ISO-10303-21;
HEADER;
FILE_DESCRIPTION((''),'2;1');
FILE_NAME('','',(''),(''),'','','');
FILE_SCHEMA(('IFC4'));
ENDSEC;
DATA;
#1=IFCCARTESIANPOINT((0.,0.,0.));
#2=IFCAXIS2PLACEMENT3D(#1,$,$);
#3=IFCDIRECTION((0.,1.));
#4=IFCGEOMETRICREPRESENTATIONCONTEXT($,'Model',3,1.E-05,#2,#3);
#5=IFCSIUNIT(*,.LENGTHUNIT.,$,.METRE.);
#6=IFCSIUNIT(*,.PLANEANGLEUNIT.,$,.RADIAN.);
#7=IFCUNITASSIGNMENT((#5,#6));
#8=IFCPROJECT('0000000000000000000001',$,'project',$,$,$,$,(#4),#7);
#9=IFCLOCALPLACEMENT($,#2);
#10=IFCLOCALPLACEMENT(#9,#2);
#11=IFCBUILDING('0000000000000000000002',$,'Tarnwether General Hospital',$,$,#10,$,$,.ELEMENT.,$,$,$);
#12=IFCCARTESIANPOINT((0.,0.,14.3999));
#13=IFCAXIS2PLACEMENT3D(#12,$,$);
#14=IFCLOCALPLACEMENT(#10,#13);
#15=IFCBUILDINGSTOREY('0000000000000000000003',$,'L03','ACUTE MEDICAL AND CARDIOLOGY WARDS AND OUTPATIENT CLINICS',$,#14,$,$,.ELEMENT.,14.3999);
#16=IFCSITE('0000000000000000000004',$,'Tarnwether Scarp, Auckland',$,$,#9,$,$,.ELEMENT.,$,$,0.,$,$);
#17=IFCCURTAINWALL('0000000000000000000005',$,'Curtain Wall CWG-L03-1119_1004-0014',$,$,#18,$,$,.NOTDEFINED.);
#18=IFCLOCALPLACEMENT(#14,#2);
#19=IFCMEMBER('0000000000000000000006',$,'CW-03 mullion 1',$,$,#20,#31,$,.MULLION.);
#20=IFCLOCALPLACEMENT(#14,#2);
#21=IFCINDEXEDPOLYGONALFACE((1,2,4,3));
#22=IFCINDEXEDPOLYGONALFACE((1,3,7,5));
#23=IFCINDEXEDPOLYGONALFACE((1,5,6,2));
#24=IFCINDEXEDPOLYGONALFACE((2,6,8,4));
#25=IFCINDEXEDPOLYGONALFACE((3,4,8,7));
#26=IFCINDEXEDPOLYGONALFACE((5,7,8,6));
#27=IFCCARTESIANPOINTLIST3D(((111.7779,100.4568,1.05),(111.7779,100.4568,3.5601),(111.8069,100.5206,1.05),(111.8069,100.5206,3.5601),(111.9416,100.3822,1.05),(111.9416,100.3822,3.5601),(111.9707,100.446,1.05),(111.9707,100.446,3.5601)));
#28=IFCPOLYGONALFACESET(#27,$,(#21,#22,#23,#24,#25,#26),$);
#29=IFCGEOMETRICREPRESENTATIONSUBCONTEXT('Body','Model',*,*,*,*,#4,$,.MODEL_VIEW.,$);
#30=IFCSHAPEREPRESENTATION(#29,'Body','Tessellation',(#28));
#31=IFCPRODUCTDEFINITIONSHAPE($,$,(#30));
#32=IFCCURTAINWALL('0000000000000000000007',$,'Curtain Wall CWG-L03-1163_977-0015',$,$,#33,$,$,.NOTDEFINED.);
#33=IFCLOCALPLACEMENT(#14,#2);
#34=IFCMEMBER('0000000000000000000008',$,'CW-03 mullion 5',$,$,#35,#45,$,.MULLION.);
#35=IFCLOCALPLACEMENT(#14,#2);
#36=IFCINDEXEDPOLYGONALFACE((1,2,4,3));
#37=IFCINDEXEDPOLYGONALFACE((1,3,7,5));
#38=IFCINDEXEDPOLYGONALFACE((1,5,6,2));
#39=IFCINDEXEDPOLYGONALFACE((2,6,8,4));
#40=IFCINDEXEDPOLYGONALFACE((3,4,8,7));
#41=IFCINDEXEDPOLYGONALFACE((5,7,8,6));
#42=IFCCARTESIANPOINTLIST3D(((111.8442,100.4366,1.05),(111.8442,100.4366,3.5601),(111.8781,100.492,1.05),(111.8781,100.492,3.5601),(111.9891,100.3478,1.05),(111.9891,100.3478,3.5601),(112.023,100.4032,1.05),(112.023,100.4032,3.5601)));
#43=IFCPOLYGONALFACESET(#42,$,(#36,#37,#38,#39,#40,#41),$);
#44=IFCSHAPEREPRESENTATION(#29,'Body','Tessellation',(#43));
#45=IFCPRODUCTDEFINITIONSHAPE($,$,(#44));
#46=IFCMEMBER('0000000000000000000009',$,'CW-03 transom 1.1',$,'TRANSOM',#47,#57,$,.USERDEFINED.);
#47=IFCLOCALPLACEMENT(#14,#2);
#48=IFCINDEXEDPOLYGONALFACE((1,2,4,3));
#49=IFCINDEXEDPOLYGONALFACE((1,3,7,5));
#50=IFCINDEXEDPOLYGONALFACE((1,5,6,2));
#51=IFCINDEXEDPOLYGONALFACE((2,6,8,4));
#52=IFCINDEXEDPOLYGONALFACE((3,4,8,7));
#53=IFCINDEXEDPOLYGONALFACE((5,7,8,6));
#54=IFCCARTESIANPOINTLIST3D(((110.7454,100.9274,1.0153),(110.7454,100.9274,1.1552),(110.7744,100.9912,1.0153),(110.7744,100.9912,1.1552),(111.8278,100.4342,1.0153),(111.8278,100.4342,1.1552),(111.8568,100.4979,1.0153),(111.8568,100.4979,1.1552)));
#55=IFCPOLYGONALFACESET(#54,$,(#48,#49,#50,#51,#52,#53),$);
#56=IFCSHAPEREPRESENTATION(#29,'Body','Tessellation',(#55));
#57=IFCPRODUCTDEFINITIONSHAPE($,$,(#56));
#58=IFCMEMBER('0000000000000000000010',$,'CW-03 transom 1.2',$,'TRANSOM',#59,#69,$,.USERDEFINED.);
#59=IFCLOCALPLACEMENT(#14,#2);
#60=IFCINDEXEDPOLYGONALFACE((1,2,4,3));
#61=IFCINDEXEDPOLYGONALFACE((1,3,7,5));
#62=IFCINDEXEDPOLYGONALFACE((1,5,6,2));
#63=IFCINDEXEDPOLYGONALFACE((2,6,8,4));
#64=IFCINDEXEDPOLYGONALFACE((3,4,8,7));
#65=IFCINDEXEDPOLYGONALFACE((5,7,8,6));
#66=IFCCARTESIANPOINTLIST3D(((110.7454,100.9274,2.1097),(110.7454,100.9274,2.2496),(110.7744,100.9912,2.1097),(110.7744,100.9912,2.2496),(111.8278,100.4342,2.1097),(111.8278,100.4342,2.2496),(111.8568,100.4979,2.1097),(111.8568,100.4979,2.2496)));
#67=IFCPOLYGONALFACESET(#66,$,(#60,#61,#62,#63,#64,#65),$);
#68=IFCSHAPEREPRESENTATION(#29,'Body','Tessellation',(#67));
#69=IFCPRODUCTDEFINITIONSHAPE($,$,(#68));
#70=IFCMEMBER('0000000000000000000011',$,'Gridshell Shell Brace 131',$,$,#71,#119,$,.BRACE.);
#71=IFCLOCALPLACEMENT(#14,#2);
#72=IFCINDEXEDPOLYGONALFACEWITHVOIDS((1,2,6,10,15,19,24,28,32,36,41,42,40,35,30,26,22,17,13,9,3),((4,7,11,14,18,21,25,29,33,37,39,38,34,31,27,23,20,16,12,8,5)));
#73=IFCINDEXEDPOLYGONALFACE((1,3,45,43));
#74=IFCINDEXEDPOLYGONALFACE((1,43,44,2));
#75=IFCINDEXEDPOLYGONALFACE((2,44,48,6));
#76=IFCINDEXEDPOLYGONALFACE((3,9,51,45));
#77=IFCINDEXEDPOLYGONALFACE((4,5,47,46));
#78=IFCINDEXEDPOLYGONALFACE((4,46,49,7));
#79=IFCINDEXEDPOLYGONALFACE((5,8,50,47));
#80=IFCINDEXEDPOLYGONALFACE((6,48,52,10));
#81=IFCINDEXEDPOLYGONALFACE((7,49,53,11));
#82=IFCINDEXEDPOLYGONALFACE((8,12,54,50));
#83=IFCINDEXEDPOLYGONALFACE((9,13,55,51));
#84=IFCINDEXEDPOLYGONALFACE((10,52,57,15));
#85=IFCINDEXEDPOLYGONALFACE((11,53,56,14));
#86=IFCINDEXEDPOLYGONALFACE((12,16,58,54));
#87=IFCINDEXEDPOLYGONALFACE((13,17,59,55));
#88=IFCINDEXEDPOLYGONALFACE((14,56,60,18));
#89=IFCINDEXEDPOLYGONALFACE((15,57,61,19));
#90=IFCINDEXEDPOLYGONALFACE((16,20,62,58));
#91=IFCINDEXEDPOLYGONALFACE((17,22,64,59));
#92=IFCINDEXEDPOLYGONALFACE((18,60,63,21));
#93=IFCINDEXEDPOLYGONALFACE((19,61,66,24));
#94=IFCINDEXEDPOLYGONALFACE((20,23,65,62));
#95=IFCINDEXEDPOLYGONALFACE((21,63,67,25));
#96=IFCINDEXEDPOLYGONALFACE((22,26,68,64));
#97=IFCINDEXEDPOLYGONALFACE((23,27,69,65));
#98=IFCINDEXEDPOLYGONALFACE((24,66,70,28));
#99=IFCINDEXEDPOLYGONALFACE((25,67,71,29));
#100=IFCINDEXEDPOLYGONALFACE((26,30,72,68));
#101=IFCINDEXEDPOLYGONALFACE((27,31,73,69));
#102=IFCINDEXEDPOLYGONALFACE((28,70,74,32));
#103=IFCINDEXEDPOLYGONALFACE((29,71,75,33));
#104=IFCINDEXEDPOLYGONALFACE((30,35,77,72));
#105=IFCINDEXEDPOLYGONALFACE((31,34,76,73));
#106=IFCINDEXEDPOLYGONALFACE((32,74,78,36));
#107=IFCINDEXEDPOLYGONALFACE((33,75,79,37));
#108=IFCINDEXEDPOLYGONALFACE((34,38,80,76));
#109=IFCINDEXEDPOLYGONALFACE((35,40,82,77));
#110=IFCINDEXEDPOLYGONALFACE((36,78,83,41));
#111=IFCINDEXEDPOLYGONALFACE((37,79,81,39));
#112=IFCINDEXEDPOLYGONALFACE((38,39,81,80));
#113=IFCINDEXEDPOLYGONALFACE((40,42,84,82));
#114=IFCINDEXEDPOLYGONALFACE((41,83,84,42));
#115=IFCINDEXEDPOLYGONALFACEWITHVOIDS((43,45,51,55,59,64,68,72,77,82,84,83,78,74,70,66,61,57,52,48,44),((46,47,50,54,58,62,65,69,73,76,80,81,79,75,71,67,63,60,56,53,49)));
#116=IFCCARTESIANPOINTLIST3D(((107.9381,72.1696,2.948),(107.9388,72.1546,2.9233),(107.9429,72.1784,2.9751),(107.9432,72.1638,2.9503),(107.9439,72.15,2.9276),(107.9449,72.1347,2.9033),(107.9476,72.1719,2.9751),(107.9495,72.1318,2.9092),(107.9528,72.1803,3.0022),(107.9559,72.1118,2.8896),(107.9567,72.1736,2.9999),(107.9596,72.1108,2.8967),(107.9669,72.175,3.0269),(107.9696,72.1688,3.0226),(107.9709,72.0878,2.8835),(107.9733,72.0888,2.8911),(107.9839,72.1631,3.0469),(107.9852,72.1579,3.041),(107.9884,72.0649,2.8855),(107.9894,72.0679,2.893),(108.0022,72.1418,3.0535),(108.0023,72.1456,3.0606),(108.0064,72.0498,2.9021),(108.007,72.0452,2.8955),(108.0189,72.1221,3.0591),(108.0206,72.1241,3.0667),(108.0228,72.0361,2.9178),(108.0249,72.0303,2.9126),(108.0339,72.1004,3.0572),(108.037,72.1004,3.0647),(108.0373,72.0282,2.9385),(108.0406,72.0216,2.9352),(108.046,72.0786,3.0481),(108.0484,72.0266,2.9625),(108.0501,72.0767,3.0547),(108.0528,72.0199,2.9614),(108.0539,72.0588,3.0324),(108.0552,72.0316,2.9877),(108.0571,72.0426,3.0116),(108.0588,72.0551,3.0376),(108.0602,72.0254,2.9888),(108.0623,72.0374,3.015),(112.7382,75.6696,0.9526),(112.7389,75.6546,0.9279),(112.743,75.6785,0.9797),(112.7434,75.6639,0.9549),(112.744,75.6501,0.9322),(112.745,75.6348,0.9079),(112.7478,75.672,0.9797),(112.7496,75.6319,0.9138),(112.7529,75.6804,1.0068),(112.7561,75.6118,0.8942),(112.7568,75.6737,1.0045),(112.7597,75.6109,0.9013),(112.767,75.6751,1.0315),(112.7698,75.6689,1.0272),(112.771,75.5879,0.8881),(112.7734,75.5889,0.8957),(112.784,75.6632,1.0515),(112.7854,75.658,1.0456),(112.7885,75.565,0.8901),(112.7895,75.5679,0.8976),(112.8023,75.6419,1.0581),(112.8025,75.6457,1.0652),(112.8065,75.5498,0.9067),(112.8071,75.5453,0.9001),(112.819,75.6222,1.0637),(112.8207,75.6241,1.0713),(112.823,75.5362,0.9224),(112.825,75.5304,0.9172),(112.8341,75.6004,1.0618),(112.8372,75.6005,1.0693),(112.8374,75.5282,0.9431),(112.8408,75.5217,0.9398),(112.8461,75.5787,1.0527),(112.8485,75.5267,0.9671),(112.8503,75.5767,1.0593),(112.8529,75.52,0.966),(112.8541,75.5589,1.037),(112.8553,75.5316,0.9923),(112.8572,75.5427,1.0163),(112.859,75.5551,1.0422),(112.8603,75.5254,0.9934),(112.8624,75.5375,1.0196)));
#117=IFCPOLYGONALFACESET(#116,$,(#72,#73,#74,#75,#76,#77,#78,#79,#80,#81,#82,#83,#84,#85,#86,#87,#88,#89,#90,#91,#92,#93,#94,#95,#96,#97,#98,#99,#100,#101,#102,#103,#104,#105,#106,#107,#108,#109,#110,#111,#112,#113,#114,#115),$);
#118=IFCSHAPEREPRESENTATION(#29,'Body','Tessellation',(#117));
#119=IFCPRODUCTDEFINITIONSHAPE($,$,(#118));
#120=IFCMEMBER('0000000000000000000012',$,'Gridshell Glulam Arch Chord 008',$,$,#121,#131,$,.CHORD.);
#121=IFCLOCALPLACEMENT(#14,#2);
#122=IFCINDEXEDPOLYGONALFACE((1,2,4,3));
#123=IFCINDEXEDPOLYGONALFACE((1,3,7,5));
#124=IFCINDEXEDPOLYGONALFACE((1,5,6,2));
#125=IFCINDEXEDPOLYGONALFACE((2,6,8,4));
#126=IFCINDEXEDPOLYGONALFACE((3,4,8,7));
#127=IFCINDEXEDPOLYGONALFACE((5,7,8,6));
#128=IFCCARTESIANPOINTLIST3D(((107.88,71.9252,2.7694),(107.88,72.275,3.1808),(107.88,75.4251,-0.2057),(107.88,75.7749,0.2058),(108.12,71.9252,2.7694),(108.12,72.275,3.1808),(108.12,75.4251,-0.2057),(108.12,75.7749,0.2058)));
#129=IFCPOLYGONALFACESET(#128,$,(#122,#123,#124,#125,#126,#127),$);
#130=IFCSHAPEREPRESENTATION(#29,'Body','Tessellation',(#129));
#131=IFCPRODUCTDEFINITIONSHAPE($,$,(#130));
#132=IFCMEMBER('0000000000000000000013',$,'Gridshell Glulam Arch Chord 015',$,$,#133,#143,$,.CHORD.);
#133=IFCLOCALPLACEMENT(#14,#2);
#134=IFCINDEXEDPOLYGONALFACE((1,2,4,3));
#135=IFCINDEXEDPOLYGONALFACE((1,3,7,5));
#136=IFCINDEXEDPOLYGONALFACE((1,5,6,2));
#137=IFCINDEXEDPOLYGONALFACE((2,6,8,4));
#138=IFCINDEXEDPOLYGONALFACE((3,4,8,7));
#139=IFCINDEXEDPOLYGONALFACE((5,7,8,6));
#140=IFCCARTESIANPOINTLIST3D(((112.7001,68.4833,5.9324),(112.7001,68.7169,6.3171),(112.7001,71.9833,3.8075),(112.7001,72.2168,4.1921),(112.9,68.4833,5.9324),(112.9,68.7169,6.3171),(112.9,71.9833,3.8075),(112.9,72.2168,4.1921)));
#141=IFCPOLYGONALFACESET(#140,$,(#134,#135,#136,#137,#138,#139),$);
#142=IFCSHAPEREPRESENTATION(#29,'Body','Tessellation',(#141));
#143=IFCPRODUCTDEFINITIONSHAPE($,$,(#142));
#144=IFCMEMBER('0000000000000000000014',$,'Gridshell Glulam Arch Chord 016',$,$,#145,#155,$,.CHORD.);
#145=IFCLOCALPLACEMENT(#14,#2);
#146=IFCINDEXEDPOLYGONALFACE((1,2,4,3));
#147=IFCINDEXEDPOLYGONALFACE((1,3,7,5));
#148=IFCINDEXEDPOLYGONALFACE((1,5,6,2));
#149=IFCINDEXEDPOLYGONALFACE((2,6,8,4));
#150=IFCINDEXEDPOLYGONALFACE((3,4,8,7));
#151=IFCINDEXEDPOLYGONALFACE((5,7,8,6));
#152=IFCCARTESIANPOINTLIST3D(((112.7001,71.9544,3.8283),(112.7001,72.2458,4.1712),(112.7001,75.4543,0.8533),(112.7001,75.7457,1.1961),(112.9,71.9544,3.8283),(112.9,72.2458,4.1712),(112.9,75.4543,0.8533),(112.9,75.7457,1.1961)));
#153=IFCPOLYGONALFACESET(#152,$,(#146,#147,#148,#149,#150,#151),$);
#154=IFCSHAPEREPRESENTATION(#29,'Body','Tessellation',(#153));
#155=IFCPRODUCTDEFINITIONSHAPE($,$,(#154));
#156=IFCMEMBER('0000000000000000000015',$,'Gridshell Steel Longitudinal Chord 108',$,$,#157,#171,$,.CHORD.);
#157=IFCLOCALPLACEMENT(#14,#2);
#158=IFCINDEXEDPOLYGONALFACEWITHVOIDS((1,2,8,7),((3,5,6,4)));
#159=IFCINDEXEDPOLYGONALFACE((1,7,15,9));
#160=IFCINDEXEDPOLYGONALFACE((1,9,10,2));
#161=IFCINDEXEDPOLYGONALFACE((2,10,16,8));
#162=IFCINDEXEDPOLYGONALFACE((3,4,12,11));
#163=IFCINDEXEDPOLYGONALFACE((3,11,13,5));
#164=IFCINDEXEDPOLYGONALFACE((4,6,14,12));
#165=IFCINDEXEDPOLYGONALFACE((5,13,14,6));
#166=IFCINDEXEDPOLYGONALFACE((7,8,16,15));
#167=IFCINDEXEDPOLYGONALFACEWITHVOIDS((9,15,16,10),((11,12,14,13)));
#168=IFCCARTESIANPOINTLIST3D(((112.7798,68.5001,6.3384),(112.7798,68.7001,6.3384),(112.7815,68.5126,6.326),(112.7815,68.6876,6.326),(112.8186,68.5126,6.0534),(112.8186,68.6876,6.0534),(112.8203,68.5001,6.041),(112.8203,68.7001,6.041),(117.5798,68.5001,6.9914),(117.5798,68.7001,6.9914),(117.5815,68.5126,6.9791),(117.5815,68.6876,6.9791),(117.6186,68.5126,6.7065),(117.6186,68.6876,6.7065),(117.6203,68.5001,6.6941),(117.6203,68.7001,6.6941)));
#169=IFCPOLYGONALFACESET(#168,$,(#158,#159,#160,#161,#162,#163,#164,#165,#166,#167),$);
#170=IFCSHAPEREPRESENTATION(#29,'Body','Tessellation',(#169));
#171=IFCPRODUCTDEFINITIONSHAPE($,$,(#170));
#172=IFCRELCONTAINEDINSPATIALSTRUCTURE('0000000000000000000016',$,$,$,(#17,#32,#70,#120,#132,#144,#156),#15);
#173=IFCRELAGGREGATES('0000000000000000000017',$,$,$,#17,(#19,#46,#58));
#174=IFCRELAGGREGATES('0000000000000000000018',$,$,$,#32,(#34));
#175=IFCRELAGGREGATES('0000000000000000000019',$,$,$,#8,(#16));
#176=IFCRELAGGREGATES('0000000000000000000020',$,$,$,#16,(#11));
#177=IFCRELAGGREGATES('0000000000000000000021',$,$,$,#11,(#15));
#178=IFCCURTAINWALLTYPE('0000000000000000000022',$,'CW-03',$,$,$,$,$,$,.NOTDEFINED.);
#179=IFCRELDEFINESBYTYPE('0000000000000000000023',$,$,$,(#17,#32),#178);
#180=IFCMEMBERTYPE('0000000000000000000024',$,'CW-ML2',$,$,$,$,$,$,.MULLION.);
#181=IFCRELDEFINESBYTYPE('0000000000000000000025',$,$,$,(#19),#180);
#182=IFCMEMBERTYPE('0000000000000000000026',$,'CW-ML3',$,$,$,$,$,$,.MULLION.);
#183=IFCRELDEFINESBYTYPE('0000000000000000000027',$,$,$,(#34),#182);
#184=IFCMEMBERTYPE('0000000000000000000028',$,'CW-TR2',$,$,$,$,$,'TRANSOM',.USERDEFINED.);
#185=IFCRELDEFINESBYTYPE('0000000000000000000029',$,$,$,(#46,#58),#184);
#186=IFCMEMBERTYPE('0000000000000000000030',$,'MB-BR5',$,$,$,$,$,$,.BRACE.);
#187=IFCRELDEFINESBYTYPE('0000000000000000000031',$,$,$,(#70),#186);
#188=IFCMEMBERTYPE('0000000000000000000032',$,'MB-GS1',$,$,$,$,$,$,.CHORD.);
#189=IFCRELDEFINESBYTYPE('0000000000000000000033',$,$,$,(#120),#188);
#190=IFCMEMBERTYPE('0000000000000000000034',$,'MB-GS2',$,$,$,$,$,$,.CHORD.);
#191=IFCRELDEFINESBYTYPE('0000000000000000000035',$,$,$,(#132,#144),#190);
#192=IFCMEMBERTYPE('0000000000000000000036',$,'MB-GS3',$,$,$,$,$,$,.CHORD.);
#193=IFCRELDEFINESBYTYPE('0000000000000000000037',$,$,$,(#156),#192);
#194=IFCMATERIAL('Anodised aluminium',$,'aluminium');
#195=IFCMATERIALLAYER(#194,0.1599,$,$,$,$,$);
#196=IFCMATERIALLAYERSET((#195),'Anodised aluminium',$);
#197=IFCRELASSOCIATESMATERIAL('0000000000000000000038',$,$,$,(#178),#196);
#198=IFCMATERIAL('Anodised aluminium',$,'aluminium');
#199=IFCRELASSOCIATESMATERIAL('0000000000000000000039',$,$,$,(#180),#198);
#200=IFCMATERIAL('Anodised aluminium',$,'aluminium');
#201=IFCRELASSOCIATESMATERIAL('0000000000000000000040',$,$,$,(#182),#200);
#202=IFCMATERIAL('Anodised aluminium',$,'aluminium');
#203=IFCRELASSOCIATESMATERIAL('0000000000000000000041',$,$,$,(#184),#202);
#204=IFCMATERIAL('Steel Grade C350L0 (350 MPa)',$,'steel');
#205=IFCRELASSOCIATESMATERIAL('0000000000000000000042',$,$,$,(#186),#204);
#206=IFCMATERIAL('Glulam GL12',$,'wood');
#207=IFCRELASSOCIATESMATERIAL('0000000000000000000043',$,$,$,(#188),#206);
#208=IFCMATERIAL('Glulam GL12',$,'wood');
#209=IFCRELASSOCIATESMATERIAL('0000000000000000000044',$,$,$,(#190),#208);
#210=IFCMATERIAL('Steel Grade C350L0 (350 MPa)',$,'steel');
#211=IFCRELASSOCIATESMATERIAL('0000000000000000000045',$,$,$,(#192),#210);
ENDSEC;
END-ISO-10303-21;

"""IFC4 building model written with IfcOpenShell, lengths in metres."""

from ifc_helpers import new_model, si_unit, direction, frame, origin, origin_2d, place, context, subcontext, project, spatial, rectangle, hollow_rectangle, hollow_circle, extrude, material, layer, layer_set, material_profile, profile_set, type_object, element, aggregate, save


model = new_model("IFC4")

# Units and contexts
model_context = context("Model", 3, precision=1e-05, world=origin(), true_north=direction((0.0, 1.0)))
body_context = subcontext(model_context, "Body", "Model", "MODEL_VIEW")
ifc_project = project(units=[si_unit("LENGTHUNIT", "METRE"), si_unit("PLANEANGLEUNIT", "RADIAN")], contexts=[model_context])

# Site, building, storey
site_placement = place(None, origin())
site = spatial("IfcSite", under=ifc_project, at=site_placement, Name="Tarnwether Scarp, Auckland", CompositionType="ELEMENT", RefElevation=0.0)
building_placement = place(site_placement, origin())
building = spatial("IfcBuilding", under=site, at=building_placement, Name="Tarnwether General Hospital", CompositionType="ELEMENT")
storey_placement = place(building_placement, frame((0.0, 0.0, 14.3999)))
storey = spatial("IfcBuildingStorey", under=building, at=storey_placement, Name="L03", Description="ACUTE MEDICAL AND CARDIOLOGY WARDS AND OUTPATIENT CLINICS", CompositionType="ELEMENT", Elevation=14.3999)

# Curtain walls, members
ifc_material_1 = material(Name="Anodised aluminium", Category="aluminium")
ifc_layer_1 = layer(ifc_material_1, 0.1599)
ifc_layer_set_1 = layer_set([ifc_layer_1], Name="Anodised aluminium")
curtain_wall_type = type_object("IfcCurtainWallType", Name="CW-03", PredefinedType="NOTDEFINED", material=ifc_layer_set_1)
curtain_wall_1_placement = place(storey_placement, origin())
curtain_wall_1 = element("IfcCurtainWall", 1, at=curtain_wall_1_placement, inside=storey, type_object=curtain_wall_type, Name="Curtain Wall CWG-L03-1119_1004-0014", PredefinedType="NOTDEFINED")
ifc_material_2 = material(Name="Anodised aluminium", Category="aluminium")
ifc_material_profile_1 = material_profile(ifc_material_2, rectangle(XDim=0.0701, YDim=0.1799, at=origin_2d()), Name="ALU-MUL-70x180")
ifc_profile_set_1 = profile_set([ifc_material_profile_1], Name="Anodised aluminium")
member_type_1 = type_object("IfcMemberType", Name="CW-ML2", PredefinedType="MULLION", material=ifc_profile_set_1)
member_1_placement = place(storey_placement, frame((111.8743, 100.4514, 1.05), z_axis=(0.0, 0.0, 1.0), x_axis=(-0.414705, -0.909956, 0.0)))
member_1 = element("IfcMember", 2, at=member_1_placement, type_object=member_type_1, Name="CW-03 mullion 1", PredefinedType="MULLION", context=body_context, shape_type="SweptSolid", body=[
    extrude(rectangle(XDim=0.0701, YDim=0.1799, at=origin_2d()), origin(), (0.0, 0.0, 1.0), 2.51),
])
curtain_wall_2_placement = place(storey_placement, origin())
curtain_wall_2 = element("IfcCurtainWall", 3, at=curtain_wall_2_placement, inside=storey, type_object=curtain_wall_type, Name="Curtain Wall CWG-L03-1163_977-0015", PredefinedType="NOTDEFINED")
ifc_material_3 = material(Name="Anodised aluminium", Category="aluminium")
ifc_material_profile_2 = material_profile(ifc_material_3, rectangle(XDim=0.0649, YDim=0.1699, at=origin_2d()), Name="ALU-MUL-65x170")
ifc_profile_set_2 = profile_set([ifc_material_profile_2], Name="Anodised aluminium")
member_type_2 = type_object("IfcMemberType", Name="CW-ML3", PredefinedType="MULLION", material=ifc_profile_set_2)
member_2_placement = place(storey_placement, frame((111.9336, 100.4199, 1.05), z_axis=(0.0, 0.0, 1.0), x_axis=(-0.522512, -0.852632, 0.0)))
member_2 = element("IfcMember", 4, at=member_2_placement, type_object=member_type_2, Name="CW-03 mullion 5", PredefinedType="MULLION", context=body_context, shape_type="SweptSolid", body=[
    extrude(rectangle(XDim=0.0649, YDim=0.1699, at=origin_2d()), origin(), (0.0, 0.0, 1.0), 2.51),
])

# Members
ifc_material_4 = material(Name="Anodised aluminium", Category="aluminium")
ifc_material_profile_3 = material_profile(ifc_material_4, rectangle(XDim=0.0701, YDim=0.1399, at=origin_2d()), Name="ALU-TRN-70x140")
ifc_profile_set_3 = profile_set([ifc_material_profile_3], Name="Anodised aluminium")
member_type_3 = type_object("IfcMemberType", Name="CW-TR2", ElementType="TRANSOM", PredefinedType="USERDEFINED", material=ifc_profile_set_3)
member_3_placement = place(storey_placement, frame((111.8423, 100.4661, 1.0852), z_axis=(-0.909979, 0.414653, 0.0), x_axis=(-0.414653, -0.909979, 0.0)))
member_3 = element("IfcMember", 5, at=member_3_placement, type_object=member_type_3, Name="CW-03 transom 1.1", ObjectType="TRANSOM", PredefinedType="USERDEFINED", context=body_context, shape_type="SweptSolid", body=[
    extrude(rectangle(XDim=0.0701, YDim=0.1399, at=origin_2d()), origin(), (0.0, 0.0, 1.0), 1.1895),
])
member_4_placement = place(storey_placement, frame((111.8423, 100.4661, 2.1797), z_axis=(-0.909979, 0.414653, 0.0), x_axis=(-0.414653, -0.909979, 0.0)))
member_4 = element("IfcMember", 6, at=member_4_placement, type_object=member_type_3, Name="CW-03 transom 1.2", ObjectType="TRANSOM", PredefinedType="USERDEFINED", context=body_context, shape_type="SweptSolid", body=[
    extrude(rectangle(XDim=0.0701, YDim=0.1399, at=origin_2d()), origin(), (0.0, 0.0, 1.0), 1.1895),
])
aggregate(curtain_wall_1, [member_1, member_3, member_4])

# Members
ifc_material_5 = material(Name="Steel Grade C350L0 (350 MPa)", Category="steel")
ifc_material_profile_4 = material_profile(ifc_material_5, hollow_circle(Radius=0.0969, WallThickness=0.0081, at=origin_2d()), Name="CHS193.7x8.0")
ifc_profile_set_4 = profile_set([ifc_material_profile_4], Name="Steel Grade C350L0 (350 MPa)")
member_type_4 = type_object("IfcMemberType", Name="MB-BR5", PredefinedType="BRACE", material=ifc_profile_set_4)
member_5_placement = place(storey_placement, frame((108.0, 72.1001, 2.9751), z_axis=(0.765957, 0.558505, -0.318405), x_axis=(-0.589168, 0.80801, 0.0)))
element("IfcMember", 7, at=member_5_placement, inside=storey, type_object=member_type_4, Name="Gridshell Shell Brace 131", PredefinedType="BRACE", context=body_context, shape_type="SweptSolid", body=[
    extrude(hollow_circle(Radius=0.0969, WallThickness=0.0081, at=origin_2d()), origin(), (0.0, 0.0, 1.0), 6.2668),
])
ifc_material_6 = material(Name="Glulam GL12", Category="wood")
ifc_material_profile_5 = material_profile(ifc_material_6, rectangle(XDim=0.24, YDim=0.54, at=origin_2d()), Name="GL12-240x540")
ifc_profile_set_5 = profile_set([ifc_material_profile_5], Name="Glulam GL12")
member_type_5 = type_object("IfcMemberType", Name="MB-GS1", PredefinedType="CHORD", material=ifc_profile_set_5)
member_6_placement = place(storey_placement, frame((108.0, 72.1001, 2.9751), z_axis=(0.0, 0.761929, -0.647661), x_axis=(-1.0, 0.0, 0.0)))
element("IfcMember", 8, at=member_6_placement, inside=storey, type_object=member_type_5, Name="Gridshell Glulam Arch Chord 008", PredefinedType="CHORD", context=body_context, shape_type="SweptSolid", body=[
    extrude(rectangle(XDim=0.24, YDim=0.54, at=origin_2d()), origin(), (0.0, 0.0, 1.0), 4.5935),
])
ifc_material_7 = material(Name="Glulam GL12", Category="wood")
ifc_material_profile_6 = material_profile(ifc_material_7, rectangle(XDim=0.2, YDim=0.45, at=origin_2d()), Name="GL12-200x450")
ifc_profile_set_6 = profile_set([ifc_material_profile_6], Name="Glulam GL12")
member_type_6 = type_object("IfcMemberType", Name="MB-GS2", PredefinedType="CHORD", material=ifc_profile_set_6)
member_7_placement = place(storey_placement, frame((112.8, 68.6001, 6.1248), z_axis=(0.0, 0.854788, -0.518978), x_axis=(-1.0, 0.0, 0.0)))
element("IfcMember", 9, at=member_7_placement, inside=storey, type_object=member_type_6, Name="Gridshell Glulam Arch Chord 015", PredefinedType="CHORD", context=body_context, shape_type="SweptSolid", body=[
    extrude(rectangle(XDim=0.2, YDim=0.45, at=origin_2d()), origin(), (0.0, 0.0, 1.0), 4.0945),
])
member_8_placement = place(storey_placement, frame((112.8, 72.1001, 3.9998), z_axis=(0.0, 0.761929, -0.647661), x_axis=(-1.0, 0.0, 0.0)))
element("IfcMember", 10, at=member_8_placement, inside=storey, type_object=member_type_6, Name="Gridshell Glulam Arch Chord 016", PredefinedType="CHORD", context=body_context, shape_type="SweptSolid", body=[
    extrude(rectangle(XDim=0.2, YDim=0.45, at=origin_2d()), origin(), (0.0, 0.0, 1.0), 4.5935),
])
ifc_material_8 = material(Name="Steel Grade C350L0 (350 MPa)", Category="steel")
ifc_material_profile_7 = material_profile(ifc_material_8, hollow_rectangle(XDim=0.2, YDim=0.3, WallThickness=0.0125, at=origin_2d()), Name="RHS300x200x12.5")
ifc_profile_set_7 = profile_set([ifc_material_profile_7], Name="Steel Grade C350L0 (350 MPa)")
member_type_7 = type_object("IfcMemberType", Name="MB-GS3", PredefinedType="CHORD", material=ifc_profile_set_7)
member_9_placement = place(storey_placement, frame((112.8, 68.6001, 6.1897), z_axis=(0.990871, 0.0, 0.134814), x_axis=(0.0, 1.0, 0.0)))
element("IfcMember", 11, at=member_9_placement, inside=storey, type_object=member_type_7, Name="Gridshell Steel Longitudinal Chord 108", PredefinedType="CHORD", context=body_context, shape_type="SweptSolid", body=[
    extrude(hollow_rectangle(XDim=0.2, YDim=0.3, WallThickness=0.0125, at=origin_2d()), origin(), (0.0, 0.0, 1.0), 4.8442),
])

aggregate(curtain_wall_2, [member_2])

save(model, "model.ifc")
